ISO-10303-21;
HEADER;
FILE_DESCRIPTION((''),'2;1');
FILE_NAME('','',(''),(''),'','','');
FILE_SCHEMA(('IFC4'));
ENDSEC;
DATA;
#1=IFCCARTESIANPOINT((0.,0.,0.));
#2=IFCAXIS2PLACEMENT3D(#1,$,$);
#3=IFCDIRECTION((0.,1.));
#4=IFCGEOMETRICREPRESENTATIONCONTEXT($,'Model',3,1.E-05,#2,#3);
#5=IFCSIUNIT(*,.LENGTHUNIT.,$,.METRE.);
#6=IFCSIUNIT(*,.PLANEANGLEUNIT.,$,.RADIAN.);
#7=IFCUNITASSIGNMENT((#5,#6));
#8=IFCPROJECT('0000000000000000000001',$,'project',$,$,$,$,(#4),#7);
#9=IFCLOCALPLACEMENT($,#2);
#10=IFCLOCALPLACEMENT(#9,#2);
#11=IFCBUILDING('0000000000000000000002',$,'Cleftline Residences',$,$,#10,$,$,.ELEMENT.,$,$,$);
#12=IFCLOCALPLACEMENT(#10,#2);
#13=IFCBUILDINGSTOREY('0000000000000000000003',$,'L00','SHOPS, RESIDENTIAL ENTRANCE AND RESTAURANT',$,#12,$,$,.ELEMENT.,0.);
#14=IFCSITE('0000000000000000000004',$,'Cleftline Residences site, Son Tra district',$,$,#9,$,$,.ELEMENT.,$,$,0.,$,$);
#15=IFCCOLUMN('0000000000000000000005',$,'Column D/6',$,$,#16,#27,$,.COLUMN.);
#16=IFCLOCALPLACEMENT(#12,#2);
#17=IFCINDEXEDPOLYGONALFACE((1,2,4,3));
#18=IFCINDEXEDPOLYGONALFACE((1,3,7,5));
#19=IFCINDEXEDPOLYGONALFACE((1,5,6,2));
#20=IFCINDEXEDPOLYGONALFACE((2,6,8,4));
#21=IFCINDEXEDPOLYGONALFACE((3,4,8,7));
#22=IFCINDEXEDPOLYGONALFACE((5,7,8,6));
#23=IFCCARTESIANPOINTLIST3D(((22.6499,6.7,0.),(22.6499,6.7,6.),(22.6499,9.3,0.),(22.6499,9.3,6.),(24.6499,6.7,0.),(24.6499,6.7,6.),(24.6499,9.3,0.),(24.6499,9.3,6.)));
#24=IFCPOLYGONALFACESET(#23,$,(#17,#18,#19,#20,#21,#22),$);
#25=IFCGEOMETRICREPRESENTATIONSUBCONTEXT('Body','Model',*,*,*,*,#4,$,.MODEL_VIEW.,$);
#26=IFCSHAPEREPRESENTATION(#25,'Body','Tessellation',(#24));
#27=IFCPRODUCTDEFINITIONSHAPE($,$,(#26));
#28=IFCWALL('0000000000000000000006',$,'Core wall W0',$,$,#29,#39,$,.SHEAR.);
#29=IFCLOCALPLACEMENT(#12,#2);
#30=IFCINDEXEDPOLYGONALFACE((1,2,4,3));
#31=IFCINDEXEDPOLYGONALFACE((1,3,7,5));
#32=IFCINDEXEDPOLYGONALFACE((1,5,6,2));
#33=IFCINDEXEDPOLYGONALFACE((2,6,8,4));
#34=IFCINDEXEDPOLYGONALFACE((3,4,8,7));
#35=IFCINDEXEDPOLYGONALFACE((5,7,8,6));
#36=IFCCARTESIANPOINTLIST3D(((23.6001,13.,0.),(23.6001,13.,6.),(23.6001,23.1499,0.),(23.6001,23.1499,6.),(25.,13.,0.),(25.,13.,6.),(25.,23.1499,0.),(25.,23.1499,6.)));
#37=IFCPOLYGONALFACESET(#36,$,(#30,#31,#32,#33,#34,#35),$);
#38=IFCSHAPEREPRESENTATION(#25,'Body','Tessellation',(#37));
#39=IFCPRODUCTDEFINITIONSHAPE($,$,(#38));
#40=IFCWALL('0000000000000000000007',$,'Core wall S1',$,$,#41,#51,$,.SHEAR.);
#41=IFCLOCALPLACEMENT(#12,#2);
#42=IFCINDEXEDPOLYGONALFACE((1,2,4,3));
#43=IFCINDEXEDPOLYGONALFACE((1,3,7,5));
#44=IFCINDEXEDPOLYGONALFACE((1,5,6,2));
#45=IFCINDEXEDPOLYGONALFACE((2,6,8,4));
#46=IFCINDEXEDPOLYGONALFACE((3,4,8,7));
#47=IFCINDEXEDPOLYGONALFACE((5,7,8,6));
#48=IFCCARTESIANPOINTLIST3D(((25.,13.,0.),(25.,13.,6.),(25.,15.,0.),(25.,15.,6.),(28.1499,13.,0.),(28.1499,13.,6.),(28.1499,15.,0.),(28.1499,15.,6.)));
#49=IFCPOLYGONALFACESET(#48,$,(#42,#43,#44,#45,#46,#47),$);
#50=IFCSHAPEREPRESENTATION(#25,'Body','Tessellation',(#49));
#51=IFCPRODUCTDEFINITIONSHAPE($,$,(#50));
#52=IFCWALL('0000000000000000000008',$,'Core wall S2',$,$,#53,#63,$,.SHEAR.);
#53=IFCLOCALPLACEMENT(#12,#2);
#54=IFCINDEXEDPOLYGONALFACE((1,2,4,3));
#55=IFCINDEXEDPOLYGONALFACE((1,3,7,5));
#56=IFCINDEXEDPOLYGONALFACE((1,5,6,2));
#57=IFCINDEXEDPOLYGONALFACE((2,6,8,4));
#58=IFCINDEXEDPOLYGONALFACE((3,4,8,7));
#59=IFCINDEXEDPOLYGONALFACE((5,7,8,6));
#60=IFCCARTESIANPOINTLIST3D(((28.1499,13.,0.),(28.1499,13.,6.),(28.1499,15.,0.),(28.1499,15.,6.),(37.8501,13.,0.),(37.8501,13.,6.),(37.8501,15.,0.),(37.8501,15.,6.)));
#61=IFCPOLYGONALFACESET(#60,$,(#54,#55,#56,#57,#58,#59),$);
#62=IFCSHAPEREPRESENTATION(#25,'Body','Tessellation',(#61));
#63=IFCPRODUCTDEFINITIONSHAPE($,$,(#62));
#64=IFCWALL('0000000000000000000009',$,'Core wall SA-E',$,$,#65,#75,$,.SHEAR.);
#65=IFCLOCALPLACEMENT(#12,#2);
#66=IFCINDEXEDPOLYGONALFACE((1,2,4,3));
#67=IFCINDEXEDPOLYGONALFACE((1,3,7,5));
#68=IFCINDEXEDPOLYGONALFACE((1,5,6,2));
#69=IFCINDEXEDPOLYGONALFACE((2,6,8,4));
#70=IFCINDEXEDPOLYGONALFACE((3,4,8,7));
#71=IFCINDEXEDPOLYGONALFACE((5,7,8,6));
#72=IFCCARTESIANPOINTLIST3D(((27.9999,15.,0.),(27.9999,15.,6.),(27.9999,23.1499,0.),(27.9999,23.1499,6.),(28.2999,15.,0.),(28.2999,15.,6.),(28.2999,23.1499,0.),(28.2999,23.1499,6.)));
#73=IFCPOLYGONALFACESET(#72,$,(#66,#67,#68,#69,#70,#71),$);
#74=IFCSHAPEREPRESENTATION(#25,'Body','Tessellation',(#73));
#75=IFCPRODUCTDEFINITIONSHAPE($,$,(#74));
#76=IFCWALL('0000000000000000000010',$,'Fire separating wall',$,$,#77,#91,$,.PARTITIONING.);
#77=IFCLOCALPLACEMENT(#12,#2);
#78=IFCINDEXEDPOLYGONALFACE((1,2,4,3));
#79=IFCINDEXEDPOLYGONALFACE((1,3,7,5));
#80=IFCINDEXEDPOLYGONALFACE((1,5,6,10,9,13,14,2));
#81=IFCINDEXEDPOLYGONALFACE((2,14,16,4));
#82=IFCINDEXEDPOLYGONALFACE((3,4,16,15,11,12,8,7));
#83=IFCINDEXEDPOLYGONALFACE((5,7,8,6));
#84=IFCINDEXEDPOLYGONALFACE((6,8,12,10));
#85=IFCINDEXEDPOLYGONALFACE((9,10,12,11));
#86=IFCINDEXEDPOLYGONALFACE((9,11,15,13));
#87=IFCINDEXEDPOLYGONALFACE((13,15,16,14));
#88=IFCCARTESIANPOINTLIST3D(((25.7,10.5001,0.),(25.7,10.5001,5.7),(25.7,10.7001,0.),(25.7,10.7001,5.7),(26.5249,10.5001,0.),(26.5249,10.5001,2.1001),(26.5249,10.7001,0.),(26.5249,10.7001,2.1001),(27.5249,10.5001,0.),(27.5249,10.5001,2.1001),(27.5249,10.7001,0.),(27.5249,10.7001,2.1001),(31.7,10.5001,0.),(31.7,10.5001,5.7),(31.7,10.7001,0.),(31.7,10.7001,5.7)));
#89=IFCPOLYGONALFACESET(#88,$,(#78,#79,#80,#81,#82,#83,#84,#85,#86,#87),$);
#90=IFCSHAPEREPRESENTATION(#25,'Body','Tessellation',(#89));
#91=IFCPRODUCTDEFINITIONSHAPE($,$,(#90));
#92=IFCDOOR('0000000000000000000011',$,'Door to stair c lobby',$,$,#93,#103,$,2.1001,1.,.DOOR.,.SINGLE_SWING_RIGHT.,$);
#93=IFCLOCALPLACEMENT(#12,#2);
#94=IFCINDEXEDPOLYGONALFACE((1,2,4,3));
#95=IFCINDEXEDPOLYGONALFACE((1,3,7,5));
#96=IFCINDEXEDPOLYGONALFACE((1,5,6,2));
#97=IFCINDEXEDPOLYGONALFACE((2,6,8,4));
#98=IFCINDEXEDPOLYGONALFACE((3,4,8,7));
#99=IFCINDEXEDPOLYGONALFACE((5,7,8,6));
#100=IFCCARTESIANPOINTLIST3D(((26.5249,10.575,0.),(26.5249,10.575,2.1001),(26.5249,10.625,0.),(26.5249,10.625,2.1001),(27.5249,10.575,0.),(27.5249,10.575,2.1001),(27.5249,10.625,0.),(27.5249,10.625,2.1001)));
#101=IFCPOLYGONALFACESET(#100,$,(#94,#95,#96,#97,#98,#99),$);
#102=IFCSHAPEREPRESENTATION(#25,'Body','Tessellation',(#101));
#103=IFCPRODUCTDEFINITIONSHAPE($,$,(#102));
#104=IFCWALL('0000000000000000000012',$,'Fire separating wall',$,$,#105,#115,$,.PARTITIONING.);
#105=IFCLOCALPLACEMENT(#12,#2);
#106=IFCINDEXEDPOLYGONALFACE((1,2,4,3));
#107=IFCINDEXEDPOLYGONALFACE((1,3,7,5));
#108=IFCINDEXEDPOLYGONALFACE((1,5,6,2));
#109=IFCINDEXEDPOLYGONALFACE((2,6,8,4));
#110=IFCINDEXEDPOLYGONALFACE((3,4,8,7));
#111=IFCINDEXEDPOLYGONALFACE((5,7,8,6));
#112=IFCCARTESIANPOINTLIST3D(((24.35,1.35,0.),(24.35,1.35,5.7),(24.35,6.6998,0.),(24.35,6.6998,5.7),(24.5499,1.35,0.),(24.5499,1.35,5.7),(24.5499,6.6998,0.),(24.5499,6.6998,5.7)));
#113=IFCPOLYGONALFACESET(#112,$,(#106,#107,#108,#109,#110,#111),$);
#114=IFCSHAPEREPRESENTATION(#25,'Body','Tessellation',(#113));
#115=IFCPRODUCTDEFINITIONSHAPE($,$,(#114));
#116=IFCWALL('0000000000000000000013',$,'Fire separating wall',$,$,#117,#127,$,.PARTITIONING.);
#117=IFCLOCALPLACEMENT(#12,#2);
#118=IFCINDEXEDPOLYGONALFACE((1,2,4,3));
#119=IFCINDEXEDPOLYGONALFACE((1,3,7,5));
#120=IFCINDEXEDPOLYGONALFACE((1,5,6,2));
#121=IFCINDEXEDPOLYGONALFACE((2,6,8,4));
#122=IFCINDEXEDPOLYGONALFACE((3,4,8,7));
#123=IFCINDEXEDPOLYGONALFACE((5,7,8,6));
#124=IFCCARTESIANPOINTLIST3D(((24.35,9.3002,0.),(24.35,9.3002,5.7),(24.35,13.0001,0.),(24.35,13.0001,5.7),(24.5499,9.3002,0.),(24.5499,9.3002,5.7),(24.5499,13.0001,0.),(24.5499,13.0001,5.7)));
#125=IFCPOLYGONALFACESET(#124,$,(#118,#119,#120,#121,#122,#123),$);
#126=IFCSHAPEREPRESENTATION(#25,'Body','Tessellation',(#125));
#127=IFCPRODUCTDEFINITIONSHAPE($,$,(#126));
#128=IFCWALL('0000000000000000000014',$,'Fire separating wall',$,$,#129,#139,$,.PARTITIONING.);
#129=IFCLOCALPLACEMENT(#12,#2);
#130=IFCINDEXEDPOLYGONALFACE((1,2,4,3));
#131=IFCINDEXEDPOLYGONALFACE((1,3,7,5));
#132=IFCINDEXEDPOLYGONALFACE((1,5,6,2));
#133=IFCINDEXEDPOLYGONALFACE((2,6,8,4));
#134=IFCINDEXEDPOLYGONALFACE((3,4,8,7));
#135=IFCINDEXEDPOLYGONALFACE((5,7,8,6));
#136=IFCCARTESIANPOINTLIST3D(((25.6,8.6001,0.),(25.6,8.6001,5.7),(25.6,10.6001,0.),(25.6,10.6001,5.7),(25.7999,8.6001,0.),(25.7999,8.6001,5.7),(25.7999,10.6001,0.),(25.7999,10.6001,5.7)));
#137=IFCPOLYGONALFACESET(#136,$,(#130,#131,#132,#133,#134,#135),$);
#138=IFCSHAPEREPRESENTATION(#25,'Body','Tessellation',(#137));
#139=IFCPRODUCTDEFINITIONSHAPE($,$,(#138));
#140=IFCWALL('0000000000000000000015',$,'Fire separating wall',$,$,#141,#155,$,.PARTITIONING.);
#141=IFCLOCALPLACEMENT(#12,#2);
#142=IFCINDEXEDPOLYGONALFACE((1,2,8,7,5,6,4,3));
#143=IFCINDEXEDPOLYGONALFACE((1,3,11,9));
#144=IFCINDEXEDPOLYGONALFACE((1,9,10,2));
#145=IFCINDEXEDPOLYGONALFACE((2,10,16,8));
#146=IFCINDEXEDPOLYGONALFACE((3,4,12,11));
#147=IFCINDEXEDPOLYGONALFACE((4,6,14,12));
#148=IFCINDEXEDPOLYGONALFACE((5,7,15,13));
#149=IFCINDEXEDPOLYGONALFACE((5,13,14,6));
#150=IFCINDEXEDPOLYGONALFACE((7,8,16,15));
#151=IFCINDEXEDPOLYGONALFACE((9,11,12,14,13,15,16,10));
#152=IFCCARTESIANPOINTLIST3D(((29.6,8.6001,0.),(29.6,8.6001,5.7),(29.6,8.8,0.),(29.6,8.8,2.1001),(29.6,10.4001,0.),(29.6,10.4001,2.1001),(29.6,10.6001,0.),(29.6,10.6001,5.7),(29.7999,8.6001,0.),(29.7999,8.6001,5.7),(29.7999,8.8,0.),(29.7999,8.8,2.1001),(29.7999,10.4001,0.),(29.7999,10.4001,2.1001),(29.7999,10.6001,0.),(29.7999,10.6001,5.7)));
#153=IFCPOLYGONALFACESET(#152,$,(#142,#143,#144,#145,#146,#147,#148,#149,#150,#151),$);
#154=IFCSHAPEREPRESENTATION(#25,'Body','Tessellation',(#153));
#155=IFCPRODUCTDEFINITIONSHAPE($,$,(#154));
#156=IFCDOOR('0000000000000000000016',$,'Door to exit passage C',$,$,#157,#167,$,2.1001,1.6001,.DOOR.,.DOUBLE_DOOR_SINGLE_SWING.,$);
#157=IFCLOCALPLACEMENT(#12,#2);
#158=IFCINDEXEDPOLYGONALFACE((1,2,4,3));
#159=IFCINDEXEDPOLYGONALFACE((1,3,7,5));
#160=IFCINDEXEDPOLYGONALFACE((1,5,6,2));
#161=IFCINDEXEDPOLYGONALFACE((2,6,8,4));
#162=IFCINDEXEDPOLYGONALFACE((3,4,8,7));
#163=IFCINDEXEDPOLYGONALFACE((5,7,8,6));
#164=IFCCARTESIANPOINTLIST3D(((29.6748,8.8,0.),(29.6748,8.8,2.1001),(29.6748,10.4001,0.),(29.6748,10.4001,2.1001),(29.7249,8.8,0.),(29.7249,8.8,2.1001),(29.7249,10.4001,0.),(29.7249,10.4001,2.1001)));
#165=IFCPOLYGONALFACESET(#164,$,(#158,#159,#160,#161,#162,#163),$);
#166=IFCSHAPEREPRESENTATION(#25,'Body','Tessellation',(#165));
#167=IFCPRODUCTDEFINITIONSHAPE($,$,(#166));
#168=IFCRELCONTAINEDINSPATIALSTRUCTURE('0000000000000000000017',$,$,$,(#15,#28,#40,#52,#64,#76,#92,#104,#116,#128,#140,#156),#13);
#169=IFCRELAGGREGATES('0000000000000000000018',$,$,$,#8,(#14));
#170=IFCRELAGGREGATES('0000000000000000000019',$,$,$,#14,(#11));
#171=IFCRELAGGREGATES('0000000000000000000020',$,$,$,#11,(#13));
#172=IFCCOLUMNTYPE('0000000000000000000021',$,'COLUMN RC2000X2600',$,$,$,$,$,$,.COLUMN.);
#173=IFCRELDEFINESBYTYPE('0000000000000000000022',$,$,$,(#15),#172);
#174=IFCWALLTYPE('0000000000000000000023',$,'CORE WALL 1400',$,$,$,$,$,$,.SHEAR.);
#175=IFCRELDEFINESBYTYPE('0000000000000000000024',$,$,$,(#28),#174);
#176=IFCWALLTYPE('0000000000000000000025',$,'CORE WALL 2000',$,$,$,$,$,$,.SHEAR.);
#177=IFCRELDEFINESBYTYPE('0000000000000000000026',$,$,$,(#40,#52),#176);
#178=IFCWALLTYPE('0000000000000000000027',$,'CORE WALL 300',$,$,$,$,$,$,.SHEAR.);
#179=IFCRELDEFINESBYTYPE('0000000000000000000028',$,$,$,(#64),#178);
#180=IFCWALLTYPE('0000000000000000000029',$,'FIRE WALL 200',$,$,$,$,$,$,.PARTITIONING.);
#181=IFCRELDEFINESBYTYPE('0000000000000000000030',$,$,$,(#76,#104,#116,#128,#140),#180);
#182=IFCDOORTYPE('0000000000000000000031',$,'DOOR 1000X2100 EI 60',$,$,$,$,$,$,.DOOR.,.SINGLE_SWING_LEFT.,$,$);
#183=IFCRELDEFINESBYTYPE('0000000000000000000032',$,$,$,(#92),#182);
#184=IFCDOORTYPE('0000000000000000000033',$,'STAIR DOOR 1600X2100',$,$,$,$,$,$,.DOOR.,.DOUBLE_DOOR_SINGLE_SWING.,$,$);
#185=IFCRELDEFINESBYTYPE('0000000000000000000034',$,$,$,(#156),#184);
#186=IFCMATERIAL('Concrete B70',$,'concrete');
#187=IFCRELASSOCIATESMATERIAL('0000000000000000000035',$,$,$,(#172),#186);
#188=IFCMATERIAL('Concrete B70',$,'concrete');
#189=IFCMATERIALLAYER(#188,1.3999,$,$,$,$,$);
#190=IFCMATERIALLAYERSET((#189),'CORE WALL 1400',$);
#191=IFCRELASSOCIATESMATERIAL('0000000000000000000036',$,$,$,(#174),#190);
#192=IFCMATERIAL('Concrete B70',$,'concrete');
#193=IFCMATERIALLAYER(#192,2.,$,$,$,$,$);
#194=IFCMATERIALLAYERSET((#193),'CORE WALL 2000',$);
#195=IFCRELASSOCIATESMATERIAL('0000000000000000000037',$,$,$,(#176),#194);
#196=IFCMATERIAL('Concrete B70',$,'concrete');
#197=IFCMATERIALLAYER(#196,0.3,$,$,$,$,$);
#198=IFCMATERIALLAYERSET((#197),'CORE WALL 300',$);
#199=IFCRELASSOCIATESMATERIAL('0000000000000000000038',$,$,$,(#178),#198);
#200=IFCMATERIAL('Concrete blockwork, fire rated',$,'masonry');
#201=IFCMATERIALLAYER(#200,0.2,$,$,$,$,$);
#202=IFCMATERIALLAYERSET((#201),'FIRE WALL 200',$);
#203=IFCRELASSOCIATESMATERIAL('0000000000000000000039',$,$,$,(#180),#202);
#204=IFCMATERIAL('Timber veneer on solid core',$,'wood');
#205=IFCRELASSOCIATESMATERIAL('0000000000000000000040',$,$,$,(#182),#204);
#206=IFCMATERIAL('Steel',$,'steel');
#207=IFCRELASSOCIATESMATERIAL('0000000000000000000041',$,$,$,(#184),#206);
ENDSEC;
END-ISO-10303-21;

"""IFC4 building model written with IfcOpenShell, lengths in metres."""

from ifc_helpers import new_model, si_unit, direction, frame, frame_2d, origin, origin_2d, place, context, subcontext, project, spatial, rectangle, extrude, material, layer, layer_set, material_profile, profile_set, type_object, element, fill, save


model = new_model("IFC4")

# Units and contexts
model_context = context("Model", 3, precision=1e-05, world=origin(), true_north=direction((0.0, 1.0)))
body_context = subcontext(model_context, "Body", "Model", "MODEL_VIEW")
ifc_project = project(units=[si_unit("LENGTHUNIT", "METRE"), si_unit("PLANEANGLEUNIT", "RADIAN")], contexts=[model_context])

# Site, building, storey
site_placement = place(None, origin())
site = spatial("IfcSite", under=ifc_project, at=site_placement, Name="Cleftline Residences site, Son Tra district", CompositionType="ELEMENT", RefElevation=0.0)
building_placement = place(site_placement, origin())
building = spatial("IfcBuilding", under=site, at=building_placement, Name="Cleftline Residences", CompositionType="ELEMENT")
storey_placement = place(building_placement, origin())
storey = spatial("IfcBuildingStorey", under=building, at=storey_placement, Name="L00", Description="SHOPS, RESIDENTIAL ENTRANCE AND RESTAURANT", CompositionType="ELEMENT", Elevation=0.0)

# Column
ifc_material_1 = material(Name="Concrete B70", Category="concrete")
ifc_material_profile = material_profile(ifc_material_1, rectangle(XDim=2.0, YDim=2.6001, at=origin_2d()))
ifc_profile_set = profile_set([ifc_material_profile], Name="Concrete B70")
column_type = type_object("IfcColumnType", Name="COLUMN RC2000X2600", PredefinedType="COLUMN", material=ifc_profile_set)
column_placement = place(storey_placement, frame((23.6499, 8.0, 0.0), z_axis=(0.0, 0.0, 1.0), x_axis=(1.0, 0.0, 0.0)))
element("IfcColumn", 1, at=column_placement, inside=storey, type_object=column_type, Name="Column D/6", PredefinedType="COLUMN", context=body_context, shape_type="SweptSolid", body=[
    extrude(rectangle(XDim=2.0, YDim=2.6001, at=origin_2d()), origin(), (0.0, 0.0, 1.0), 6.0),
])

# Walls
ifc_material_2 = material(Name="Concrete B70", Category="concrete")
ifc_layer_1 = layer(ifc_material_2, 1.3999)
ifc_layer_set_1 = layer_set([ifc_layer_1], Name="CORE WALL 1400")
wall_type_1 = type_object("IfcWallType", Name="CORE WALL 1400", PredefinedType="SHEAR", material=ifc_layer_set_1)
wall_1_placement = place(storey_placement, frame((24.3, 13.0, 0.0), z_axis=(0.0, 0.0, 1.0), x_axis=(0.0, 1.0, 0.0)))
element("IfcWall", 2, at=wall_1_placement, inside=storey, type_object=wall_type_1, Name="Core wall W0", PredefinedType="SHEAR", context=body_context, shape_type="SweptSolid", body=[
    extrude(rectangle(XDim=10.1499, YDim=1.3999, at=frame_2d((5.075, 0.0))), origin(), (0.0, 0.0, 1.0), 6.0),
])
ifc_material_3 = material(Name="Concrete B70", Category="concrete")
ifc_layer_2 = layer(ifc_material_3, 2.0)
ifc_layer_set_2 = layer_set([ifc_layer_2], Name="CORE WALL 2000")
wall_type_2 = type_object("IfcWallType", Name="CORE WALL 2000", PredefinedType="SHEAR", material=ifc_layer_set_2)
wall_2_placement = place(storey_placement, frame((25.0, 14.0, 0.0), z_axis=(0.0, 0.0, 1.0), x_axis=(1.0, 0.0, 0.0)))
element("IfcWall", 3, at=wall_2_placement, inside=storey, type_object=wall_type_2, Name="Core wall S1", PredefinedType="SHEAR", context=body_context, shape_type="SweptSolid", body=[
    extrude(rectangle(XDim=3.1499, YDim=2.0, at=frame_2d((1.575, 0.0))), origin(), (0.0, 0.0, 1.0), 6.0),
])
wall_3_placement = place(storey_placement, frame((28.1499, 14.0, 0.0), z_axis=(0.0, 0.0, 1.0), x_axis=(1.0, 0.0, 0.0)))
element("IfcWall", 4, at=wall_3_placement, inside=storey, type_object=wall_type_2, Name="Core wall S2", PredefinedType="SHEAR", context=body_context, shape_type="SweptSolid", body=[
    extrude(rectangle(XDim=9.7002, YDim=2.0, at=frame_2d((4.8501, 0.0))), origin(), (0.0, 0.0, 1.0), 6.0),
])
ifc_material_4 = material(Name="Concrete B70", Category="concrete")
ifc_layer_3 = layer(ifc_material_4, 0.3)
ifc_layer_set_3 = layer_set([ifc_layer_3], Name="CORE WALL 300")
wall_type_3 = type_object("IfcWallType", Name="CORE WALL 300", PredefinedType="SHEAR", material=ifc_layer_set_3)
wall_4_placement = place(storey_placement, frame((28.1499, 15.0, 0.0), z_axis=(0.0, 0.0, 1.0), x_axis=(0.0, 1.0, 0.0)))
element("IfcWall", 5, at=wall_4_placement, inside=storey, type_object=wall_type_3, Name="Core wall SA-E", PredefinedType="SHEAR", context=body_context, shape_type="SweptSolid", body=[
    extrude(rectangle(XDim=8.1499, YDim=0.3, at=frame_2d((4.075, 0.0))), origin(), (0.0, 0.0, 1.0), 6.0),
])

# Wall, opening, door
ifc_material_5 = material(Name="Concrete blockwork, fire rated", Category="masonry")
ifc_layer_4 = layer(ifc_material_5, 0.2)
ifc_layer_set_4 = layer_set([ifc_layer_4], Name="FIRE WALL 200")
wall_type_4 = type_object("IfcWallType", Name="FIRE WALL 200", PredefinedType="PARTITIONING", material=ifc_layer_set_4)
wall_5_placement = place(storey_placement, frame((25.7, 10.6001, 0.0), z_axis=(0.0, 0.0, 1.0), x_axis=(1.0, 0.0, 0.0)))
wall_5 = element("IfcWall", 6, at=wall_5_placement, inside=storey, type_object=wall_type_4, Name="Fire separating wall", PredefinedType="PARTITIONING", context=body_context, shape_type="SweptSolid", body=[
    extrude(rectangle(XDim=6.0, YDim=0.2, at=frame_2d((3.0, 0.0))), origin(), (0.0, 0.0, 1.0), 5.7),
])
opening_1_placement = place(wall_5_placement, frame((0.825, 0.0, 0.0)))
opening_1 = element("IfcOpeningElement", 7, at=opening_1_placement, cuts=wall_5, PredefinedType="OPENING", context=body_context, shape_type="SweptSolid", body=[
    extrude(rectangle(XDim=1.0, YDim=2.1001, at=frame_2d((0.5, 1.05))), frame((0.0, 0.1099, 0.0), z_axis=(0.0, -1.0, 0.0), x_axis=(1.0, 0.0, 0.0)), (0.0, 0.0, 1.0), 0.22),
])
ifc_material_6 = material(Name="Timber veneer on solid core", Category="wood")
door_type_1 = type_object("IfcDoorType", Name="DOOR 1000X2100 EI 60", OperationType="SINGLE_SWING_LEFT", PredefinedType="DOOR", material=ifc_material_6)
door_1_placement = place(opening_1_placement, origin())
door_1 = element("IfcDoor", 8, at=door_1_placement, inside=storey, type_object=door_type_1, Name="Door to stair c lobby", OperationType="SINGLE_SWING_RIGHT", OverallHeight=2.1001, OverallWidth=1.0, PredefinedType="DOOR", context=body_context, shape_type="SweptSolid", body=[
    extrude(rectangle(XDim=1.0, YDim=2.1001, at=frame_2d((0.5, 1.05))), frame((0.0, 0.0249, 0.0), z_axis=(0.0, -1.0, 0.0), x_axis=(1.0, 0.0, 0.0)), (0.0, 0.0, 1.0), 0.05),
])
fill(opening_1, door_1)

# Walls
wall_6_placement = place(storey_placement, frame((24.45, 1.3501, 0.0), z_axis=(0.0, 0.0, 1.0), x_axis=(0.0, 1.0, 0.0)))
element("IfcWall", 9, at=wall_6_placement, inside=storey, type_object=wall_type_4, Name="Fire separating wall", PredefinedType="PARTITIONING", context=body_context, shape_type="SweptSolid", body=[
    extrude(rectangle(XDim=5.3499, YDim=0.2, at=frame_2d((2.6748, 0.0))), origin(), (0.0, 0.0, 1.0), 5.7),
])
wall_7_placement = place(storey_placement, frame((24.45, 9.3, 0.0), z_axis=(0.0, 0.0, 1.0), x_axis=(0.0, 1.0, 0.0)))
element("IfcWall", 10, at=wall_7_placement, inside=storey, type_object=wall_type_4, Name="Fire separating wall", PredefinedType="PARTITIONING", context=body_context, shape_type="SweptSolid", body=[
    extrude(rectangle(XDim=3.7, YDim=0.2, at=frame_2d((1.8501, 0.0))), origin(), (0.0, 0.0, 1.0), 5.7),
])
wall_8_placement = place(storey_placement, frame((25.7, 8.6001, 0.0), z_axis=(0.0, 0.0, 1.0), x_axis=(0.0, 1.0, 0.0)))
element("IfcWall", 11, at=wall_8_placement, inside=storey, type_object=wall_type_4, Name="Fire separating wall", PredefinedType="PARTITIONING", context=body_context, shape_type="SweptSolid", body=[
    extrude(rectangle(XDim=2.0, YDim=0.2, at=frame_2d((1.0, 0.0))), origin(), (0.0, 0.0, 1.0), 5.7),
])

# Wall, opening, door
wall_9_placement = place(storey_placement, frame((29.7, 8.6001, 0.0), z_axis=(0.0, 0.0, 1.0), x_axis=(0.0, 1.0, 0.0)))
wall_9 = element("IfcWall", 12, at=wall_9_placement, inside=storey, type_object=wall_type_4, Name="Fire separating wall", PredefinedType="PARTITIONING", context=body_context, shape_type="SweptSolid", body=[
    extrude(rectangle(XDim=2.0, YDim=0.2, at=frame_2d((1.0, 0.0))), origin(), (0.0, 0.0, 1.0), 5.7),
])
opening_2_placement = place(wall_9_placement, frame((1.8, 0.0, 0.0), z_axis=(0.0, 0.0, 1.0), x_axis=(-1.0, 0.0, 0.0)))
opening_2 = element("IfcOpeningElement", 13, at=opening_2_placement, cuts=wall_9, PredefinedType="OPENING", context=body_context, shape_type="SweptSolid", body=[
    extrude(rectangle(XDim=1.6001, YDim=2.1001, at=frame_2d((0.8, 1.05))), frame((0.0, 0.1099, 0.0), z_axis=(0.0, -1.0, 0.0), x_axis=(1.0, 0.0, 0.0)), (0.0, 0.0, 1.0), 0.22),
])
ifc_material_7 = material(Name="Steel", Category="steel")
door_type_2 = type_object("IfcDoorType", Name="STAIR DOOR 1600X2100", OperationType="DOUBLE_DOOR_SINGLE_SWING", PredefinedType="DOOR", material=ifc_material_7)
door_2_placement = place(opening_2_placement, origin())
door_2 = element("IfcDoor", 14, at=door_2_placement, inside=storey, type_object=door_type_2, Name="Door to exit passage C", OperationType="DOUBLE_DOOR_SINGLE_SWING", OverallHeight=2.1001, OverallWidth=1.6001, PredefinedType="DOOR", context=body_context, shape_type="SweptSolid", body=[
    extrude(rectangle(XDim=1.6001, YDim=2.1001, at=frame_2d((0.8, 1.05))), frame((0.0, 0.0249, 0.0), z_axis=(0.0, -1.0, 0.0), x_axis=(1.0, 0.0, 0.0)), (0.0, 0.0, 1.0), 0.05),
])
fill(opening_2, door_2)

save(model, "model.ifc")
